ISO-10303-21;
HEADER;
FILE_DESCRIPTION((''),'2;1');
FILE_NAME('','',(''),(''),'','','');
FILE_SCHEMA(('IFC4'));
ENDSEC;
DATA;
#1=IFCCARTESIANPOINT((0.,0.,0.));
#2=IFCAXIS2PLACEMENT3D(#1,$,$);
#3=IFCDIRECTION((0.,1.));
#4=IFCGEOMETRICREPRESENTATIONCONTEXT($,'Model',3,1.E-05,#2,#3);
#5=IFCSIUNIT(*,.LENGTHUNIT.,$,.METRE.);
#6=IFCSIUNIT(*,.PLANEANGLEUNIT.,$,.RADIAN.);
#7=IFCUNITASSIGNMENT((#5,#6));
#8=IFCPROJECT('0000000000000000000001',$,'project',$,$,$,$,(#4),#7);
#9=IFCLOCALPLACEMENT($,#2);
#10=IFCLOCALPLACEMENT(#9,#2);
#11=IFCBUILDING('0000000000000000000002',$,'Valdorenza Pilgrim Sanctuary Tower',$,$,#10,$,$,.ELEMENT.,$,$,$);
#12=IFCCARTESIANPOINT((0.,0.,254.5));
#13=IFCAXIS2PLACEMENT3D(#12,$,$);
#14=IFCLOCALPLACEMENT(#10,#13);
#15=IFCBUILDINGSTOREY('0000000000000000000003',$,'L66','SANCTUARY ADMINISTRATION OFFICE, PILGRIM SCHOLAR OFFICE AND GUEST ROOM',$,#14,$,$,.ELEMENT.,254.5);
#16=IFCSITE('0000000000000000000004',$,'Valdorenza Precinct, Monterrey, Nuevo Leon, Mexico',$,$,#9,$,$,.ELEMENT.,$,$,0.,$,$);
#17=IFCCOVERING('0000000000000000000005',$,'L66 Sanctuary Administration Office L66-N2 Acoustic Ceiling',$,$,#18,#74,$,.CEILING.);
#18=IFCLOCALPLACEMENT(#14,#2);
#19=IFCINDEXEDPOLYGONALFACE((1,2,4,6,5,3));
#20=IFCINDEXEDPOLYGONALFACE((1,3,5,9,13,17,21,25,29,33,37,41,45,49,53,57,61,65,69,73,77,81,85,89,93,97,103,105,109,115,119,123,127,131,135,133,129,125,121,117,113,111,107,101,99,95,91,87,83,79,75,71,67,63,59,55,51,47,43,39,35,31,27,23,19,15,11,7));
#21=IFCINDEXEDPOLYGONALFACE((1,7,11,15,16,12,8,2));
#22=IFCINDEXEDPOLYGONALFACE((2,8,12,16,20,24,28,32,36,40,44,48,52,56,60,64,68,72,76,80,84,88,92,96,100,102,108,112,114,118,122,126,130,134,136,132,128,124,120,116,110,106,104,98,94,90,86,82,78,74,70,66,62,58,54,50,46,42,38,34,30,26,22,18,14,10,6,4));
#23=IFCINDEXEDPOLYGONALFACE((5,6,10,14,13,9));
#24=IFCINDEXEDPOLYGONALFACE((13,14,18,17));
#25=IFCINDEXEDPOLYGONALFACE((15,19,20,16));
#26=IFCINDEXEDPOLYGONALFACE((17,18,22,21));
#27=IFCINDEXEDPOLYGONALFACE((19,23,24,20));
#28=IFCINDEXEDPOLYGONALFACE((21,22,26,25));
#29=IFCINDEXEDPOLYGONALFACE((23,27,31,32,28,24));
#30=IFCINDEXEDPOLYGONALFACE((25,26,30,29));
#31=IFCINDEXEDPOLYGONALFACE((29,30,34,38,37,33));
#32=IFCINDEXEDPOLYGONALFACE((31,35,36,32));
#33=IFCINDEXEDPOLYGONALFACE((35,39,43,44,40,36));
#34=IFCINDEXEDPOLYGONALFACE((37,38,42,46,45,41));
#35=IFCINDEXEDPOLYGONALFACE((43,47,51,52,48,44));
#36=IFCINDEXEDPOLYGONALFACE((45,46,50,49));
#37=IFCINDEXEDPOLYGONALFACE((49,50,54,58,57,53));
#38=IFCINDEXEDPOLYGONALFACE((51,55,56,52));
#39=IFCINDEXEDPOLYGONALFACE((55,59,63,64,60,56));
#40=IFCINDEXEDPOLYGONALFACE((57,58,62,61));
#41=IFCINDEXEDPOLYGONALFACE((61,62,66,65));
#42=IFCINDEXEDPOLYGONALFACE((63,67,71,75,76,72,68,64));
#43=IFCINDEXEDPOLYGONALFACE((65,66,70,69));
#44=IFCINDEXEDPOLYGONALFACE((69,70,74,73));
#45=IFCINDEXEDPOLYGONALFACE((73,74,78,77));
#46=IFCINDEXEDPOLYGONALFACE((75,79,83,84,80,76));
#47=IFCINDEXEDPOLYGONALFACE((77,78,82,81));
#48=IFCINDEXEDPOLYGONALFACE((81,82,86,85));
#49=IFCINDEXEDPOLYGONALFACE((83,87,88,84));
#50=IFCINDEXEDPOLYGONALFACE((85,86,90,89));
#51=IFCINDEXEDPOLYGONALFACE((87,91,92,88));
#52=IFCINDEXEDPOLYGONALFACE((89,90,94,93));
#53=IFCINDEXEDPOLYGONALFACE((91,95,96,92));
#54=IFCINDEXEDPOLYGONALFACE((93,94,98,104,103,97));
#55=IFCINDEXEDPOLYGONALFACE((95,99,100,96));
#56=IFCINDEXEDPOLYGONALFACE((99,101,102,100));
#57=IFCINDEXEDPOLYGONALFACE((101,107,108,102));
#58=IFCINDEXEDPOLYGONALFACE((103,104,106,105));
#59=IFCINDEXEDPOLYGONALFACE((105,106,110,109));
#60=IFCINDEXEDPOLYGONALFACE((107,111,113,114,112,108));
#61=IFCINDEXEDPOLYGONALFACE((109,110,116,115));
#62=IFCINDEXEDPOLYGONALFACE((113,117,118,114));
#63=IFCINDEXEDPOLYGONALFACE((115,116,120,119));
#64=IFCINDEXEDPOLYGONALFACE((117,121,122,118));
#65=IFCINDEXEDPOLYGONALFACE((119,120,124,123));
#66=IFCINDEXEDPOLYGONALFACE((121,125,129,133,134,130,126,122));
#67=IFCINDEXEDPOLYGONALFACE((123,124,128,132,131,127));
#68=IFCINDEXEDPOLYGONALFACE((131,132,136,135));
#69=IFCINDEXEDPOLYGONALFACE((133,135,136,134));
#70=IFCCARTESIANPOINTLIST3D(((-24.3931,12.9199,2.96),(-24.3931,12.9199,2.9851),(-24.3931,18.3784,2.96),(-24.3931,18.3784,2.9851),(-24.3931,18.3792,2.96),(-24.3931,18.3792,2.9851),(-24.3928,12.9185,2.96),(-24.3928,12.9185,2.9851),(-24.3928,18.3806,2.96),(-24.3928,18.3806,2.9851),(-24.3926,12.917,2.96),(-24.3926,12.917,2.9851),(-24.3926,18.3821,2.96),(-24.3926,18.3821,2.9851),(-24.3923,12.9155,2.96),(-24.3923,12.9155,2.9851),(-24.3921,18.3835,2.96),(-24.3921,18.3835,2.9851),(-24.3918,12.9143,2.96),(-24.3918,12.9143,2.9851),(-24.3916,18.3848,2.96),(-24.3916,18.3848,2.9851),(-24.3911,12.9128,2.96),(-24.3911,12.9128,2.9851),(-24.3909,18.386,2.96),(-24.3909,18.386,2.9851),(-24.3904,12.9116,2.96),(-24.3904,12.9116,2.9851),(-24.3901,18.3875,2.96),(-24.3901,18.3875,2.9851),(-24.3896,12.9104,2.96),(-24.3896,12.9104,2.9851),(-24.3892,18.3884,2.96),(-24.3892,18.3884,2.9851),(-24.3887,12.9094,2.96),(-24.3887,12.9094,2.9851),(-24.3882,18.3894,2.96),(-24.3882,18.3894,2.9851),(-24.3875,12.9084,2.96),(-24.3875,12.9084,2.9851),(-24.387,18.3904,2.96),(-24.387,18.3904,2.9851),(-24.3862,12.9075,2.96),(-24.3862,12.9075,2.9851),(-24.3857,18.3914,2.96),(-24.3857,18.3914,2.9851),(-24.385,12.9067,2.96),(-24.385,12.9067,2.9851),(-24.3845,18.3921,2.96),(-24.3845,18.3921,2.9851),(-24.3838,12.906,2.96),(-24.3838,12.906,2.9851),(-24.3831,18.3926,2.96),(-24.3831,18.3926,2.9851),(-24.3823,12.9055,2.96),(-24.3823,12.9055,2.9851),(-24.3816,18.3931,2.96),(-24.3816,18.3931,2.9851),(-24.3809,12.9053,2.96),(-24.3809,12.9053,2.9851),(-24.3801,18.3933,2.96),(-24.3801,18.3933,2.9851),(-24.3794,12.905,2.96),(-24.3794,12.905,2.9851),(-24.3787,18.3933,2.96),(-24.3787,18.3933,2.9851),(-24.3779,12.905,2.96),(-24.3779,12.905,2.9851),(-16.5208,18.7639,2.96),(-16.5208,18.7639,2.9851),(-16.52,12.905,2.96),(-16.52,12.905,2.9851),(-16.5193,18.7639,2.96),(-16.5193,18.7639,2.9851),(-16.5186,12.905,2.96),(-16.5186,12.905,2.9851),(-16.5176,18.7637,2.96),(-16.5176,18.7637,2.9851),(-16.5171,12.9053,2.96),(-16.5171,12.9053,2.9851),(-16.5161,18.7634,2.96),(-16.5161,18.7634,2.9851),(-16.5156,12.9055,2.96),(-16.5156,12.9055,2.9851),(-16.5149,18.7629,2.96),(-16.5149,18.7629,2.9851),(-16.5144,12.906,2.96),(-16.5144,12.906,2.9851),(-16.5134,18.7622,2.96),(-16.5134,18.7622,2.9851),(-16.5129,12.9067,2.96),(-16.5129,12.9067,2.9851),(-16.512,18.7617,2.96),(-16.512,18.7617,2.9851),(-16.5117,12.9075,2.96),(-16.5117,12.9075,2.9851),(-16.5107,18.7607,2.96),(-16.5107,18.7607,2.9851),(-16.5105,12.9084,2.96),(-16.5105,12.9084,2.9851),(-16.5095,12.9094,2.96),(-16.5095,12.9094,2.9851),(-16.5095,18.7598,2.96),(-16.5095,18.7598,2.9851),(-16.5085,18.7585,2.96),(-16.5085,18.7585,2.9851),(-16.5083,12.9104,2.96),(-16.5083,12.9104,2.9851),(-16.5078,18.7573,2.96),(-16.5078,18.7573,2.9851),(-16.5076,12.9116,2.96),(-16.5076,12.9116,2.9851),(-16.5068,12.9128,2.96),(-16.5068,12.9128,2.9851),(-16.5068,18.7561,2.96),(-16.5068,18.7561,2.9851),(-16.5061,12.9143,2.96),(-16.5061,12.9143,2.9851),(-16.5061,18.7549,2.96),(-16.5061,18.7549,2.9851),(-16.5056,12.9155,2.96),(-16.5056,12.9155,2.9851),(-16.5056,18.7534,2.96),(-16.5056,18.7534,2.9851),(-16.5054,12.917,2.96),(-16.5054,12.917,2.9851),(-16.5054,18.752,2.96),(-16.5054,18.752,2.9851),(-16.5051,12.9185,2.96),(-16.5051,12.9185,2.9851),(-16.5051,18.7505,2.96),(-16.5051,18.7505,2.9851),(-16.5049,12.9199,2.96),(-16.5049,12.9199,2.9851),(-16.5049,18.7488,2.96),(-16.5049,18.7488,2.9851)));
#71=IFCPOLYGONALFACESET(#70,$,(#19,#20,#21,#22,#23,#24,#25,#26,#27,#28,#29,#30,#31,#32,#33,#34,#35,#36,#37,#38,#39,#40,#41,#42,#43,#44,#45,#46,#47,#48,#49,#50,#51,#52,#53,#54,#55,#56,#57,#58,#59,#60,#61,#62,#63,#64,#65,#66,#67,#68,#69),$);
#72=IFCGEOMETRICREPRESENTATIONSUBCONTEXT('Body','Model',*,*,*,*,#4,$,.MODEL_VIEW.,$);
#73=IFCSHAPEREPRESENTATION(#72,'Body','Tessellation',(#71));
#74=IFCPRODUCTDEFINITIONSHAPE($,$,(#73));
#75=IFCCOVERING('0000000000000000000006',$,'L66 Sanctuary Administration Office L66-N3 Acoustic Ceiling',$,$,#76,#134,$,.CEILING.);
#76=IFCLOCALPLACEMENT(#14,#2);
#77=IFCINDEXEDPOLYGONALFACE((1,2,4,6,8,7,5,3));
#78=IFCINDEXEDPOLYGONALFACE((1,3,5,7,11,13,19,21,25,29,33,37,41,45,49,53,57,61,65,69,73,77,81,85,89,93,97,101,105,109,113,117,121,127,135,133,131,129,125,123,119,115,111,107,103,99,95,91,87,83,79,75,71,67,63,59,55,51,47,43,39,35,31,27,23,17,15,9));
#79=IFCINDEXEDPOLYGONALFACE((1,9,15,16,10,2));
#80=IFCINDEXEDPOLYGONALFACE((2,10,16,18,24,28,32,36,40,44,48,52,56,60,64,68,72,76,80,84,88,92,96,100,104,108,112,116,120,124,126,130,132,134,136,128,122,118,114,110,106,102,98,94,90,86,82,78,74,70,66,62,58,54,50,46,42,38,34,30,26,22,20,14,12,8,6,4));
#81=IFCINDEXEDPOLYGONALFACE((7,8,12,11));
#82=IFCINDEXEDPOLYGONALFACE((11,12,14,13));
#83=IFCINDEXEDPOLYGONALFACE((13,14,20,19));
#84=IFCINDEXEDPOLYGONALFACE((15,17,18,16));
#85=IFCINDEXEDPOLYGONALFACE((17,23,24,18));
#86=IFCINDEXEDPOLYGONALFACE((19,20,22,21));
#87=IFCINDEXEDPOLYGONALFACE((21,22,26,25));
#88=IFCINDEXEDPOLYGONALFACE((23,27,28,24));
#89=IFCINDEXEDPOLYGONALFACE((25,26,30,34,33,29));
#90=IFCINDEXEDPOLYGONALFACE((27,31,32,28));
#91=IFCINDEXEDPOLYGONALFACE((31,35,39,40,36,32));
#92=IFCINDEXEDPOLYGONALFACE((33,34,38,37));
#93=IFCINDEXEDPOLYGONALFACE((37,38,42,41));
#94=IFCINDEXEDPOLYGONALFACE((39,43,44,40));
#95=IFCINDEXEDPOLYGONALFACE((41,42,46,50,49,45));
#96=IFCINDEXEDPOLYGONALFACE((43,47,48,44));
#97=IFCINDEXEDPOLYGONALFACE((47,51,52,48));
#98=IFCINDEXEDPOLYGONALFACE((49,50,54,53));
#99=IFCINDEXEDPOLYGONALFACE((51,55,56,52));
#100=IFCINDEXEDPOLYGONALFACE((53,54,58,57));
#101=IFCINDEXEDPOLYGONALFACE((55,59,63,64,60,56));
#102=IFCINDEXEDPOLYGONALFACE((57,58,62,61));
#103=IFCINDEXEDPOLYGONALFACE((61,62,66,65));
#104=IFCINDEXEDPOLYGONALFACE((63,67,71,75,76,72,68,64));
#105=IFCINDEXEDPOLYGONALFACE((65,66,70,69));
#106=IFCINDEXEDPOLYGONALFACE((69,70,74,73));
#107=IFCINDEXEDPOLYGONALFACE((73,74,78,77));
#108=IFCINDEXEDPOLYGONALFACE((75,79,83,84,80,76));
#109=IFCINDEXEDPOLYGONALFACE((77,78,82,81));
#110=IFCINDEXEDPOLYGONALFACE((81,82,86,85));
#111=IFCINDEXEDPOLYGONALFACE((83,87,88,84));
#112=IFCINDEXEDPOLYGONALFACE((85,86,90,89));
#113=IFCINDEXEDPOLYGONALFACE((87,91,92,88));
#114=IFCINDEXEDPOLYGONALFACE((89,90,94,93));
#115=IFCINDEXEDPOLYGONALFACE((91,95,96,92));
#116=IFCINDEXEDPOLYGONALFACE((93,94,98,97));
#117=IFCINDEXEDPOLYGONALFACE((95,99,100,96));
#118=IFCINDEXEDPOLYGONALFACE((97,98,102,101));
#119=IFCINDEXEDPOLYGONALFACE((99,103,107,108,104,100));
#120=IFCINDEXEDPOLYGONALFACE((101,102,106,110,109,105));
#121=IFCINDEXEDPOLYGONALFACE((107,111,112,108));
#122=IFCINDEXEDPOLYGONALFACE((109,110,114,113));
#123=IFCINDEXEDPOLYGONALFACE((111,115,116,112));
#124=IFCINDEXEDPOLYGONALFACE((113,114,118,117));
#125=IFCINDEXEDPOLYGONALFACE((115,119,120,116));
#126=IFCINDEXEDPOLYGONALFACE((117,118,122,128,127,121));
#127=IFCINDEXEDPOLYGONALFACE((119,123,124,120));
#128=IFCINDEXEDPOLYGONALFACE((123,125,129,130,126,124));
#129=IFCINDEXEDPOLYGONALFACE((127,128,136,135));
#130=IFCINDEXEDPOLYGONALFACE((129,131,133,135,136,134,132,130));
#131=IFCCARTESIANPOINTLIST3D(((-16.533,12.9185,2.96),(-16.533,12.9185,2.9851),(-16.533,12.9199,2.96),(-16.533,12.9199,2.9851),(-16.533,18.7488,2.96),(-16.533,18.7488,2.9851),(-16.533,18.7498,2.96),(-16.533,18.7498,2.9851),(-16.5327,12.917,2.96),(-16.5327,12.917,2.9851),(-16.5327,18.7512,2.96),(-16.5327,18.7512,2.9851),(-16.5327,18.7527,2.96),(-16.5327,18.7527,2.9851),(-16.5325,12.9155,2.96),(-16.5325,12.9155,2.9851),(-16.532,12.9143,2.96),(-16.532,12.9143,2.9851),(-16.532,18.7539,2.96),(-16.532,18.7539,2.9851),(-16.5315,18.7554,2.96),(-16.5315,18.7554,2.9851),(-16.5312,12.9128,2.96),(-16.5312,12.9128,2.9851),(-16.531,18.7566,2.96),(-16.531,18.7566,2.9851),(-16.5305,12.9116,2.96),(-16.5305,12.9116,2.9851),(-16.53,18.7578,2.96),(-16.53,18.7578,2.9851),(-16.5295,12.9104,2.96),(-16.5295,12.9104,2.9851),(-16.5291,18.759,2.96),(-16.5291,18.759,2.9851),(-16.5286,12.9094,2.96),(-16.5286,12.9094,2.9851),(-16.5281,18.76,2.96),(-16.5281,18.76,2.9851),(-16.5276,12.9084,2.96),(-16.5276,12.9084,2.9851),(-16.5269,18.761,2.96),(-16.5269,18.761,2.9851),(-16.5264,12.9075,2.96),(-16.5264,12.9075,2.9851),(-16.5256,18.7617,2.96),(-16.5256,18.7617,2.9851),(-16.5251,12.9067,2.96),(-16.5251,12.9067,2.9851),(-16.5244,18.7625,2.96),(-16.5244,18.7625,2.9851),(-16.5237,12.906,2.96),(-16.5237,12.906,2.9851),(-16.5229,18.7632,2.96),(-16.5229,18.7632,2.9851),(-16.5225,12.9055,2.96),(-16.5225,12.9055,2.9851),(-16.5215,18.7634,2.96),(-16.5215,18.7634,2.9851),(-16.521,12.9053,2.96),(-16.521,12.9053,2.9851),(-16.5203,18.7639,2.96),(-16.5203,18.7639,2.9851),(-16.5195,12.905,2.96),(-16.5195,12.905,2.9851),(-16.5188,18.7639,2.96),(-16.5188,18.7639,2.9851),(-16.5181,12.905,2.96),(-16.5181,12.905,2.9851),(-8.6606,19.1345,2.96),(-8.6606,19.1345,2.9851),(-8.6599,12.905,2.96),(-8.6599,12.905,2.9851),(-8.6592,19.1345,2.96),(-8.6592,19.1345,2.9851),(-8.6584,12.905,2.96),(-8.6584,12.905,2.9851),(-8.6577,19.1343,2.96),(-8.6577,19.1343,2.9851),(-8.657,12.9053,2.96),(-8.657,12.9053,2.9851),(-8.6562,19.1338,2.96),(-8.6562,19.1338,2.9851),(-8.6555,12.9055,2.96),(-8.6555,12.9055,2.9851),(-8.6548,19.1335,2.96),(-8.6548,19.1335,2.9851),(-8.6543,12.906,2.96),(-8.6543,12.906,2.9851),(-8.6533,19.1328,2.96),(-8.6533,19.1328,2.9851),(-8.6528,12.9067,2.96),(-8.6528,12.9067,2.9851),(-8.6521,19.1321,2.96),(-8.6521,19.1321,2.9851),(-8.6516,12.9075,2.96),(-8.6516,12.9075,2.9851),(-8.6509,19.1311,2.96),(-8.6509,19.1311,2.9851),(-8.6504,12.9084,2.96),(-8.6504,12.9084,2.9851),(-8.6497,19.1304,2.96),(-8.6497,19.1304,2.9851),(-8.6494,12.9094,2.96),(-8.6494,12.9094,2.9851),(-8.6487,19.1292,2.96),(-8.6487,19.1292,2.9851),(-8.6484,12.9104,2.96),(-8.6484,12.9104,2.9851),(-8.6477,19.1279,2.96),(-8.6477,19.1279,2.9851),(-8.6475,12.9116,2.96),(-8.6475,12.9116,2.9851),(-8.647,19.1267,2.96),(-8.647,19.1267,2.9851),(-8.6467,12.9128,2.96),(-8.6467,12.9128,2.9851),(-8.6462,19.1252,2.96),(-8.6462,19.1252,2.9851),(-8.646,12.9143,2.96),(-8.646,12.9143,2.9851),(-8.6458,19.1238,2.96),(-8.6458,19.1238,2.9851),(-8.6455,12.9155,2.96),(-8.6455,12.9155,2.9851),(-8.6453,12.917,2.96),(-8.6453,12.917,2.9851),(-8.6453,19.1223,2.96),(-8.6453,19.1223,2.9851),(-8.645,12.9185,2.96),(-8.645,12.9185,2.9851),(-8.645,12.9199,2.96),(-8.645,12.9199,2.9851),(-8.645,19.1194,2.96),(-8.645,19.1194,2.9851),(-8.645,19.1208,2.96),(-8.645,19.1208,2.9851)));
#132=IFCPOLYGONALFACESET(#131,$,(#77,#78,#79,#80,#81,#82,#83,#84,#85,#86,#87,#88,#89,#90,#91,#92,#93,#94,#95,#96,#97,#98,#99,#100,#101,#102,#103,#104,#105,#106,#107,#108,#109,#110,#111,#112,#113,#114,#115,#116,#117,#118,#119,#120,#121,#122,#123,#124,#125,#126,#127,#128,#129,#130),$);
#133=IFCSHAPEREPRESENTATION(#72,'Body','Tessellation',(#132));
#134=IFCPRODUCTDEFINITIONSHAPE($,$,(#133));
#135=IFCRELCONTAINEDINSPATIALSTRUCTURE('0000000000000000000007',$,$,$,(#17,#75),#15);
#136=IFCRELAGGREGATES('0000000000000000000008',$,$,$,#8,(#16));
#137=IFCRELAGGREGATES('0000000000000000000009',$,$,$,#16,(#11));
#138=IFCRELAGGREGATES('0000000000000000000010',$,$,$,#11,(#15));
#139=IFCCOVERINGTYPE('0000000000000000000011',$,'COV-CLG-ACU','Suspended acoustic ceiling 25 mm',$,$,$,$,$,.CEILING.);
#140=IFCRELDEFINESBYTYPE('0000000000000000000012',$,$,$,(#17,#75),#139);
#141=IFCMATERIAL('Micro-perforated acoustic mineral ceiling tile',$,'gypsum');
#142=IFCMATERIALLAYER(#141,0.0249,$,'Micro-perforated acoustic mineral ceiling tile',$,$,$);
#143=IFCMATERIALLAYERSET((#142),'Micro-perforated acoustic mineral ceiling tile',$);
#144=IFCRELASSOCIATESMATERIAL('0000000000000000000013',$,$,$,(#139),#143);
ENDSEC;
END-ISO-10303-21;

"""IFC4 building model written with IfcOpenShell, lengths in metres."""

from ifc_helpers import new_model, si_unit, direction, frame, origin, place, context, subcontext, project, spatial, polyline, outline, extrude, material, layer, layer_set, type_object, element, save


model = new_model("IFC4")

# Units and contexts
model_context = context("Model", 3, precision=1e-05, world=origin(), true_north=direction((0.0, 1.0)))
body_context = subcontext(model_context, "Body", "Model", "MODEL_VIEW")
ifc_project = project(units=[si_unit("LENGTHUNIT", "METRE"), si_unit("PLANEANGLEUNIT", "RADIAN")], contexts=[model_context])

# Site, building, storey
site_placement = place(None, origin())
site = spatial("IfcSite", under=ifc_project, at=site_placement, Name="Valdorenza Precinct, Monterrey, Nuevo Leon, Mexico", CompositionType="ELEMENT", RefElevation=0.0)
building_placement = place(site_placement, origin())
building = spatial("IfcBuilding", under=site, at=building_placement, Name="Valdorenza Pilgrim Sanctuary Tower", CompositionType="ELEMENT")
storey_placement = place(building_placement, frame((0.0, 0.0, 254.5)))
storey = spatial("IfcBuildingStorey", under=building, at=storey_placement, Name="L66", Description="SANCTUARY ADMINISTRATION OFFICE, PILGRIM SCHOLAR OFFICE AND GUEST ROOM", CompositionType="ELEMENT", Elevation=254.5)

# Coverings
ifc_material_1 = material(Name="Micro-perforated acoustic mineral ceiling tile", Category="gypsum")
ifc_layer_1 = layer(ifc_material_1, 0.0249, Name="Micro-perforated acoustic mineral ceiling tile")
ifc_layer_set_1 = layer_set([ifc_layer_1], Name="Micro-perforated acoustic mineral ceiling tile")
covering_type_1 = type_object("IfcCoveringType", Name="COV-CLG-ACU", Description="Suspended acoustic ceiling 25 mm", PredefinedType="CEILING", material=ifc_layer_set_1)
covering_1_placement = place(storey_placement, frame((0.0, 0.0, 2.96)))
element("IfcCovering", 1, at=covering_1_placement, inside=storey, type_object=covering_type_1, Name="L66 Sanctuary Administration Office L66-N2 Acoustic Ceiling", PredefinedType="CEILING", context=body_context, shape_type="SweptSolid", body=[
    extrude(outline(polyline([(-24.3931, 18.3784), (-24.3931, 18.3792), (-24.3928, 18.3806), (-24.3926, 18.3821), (-24.3921, 18.3835), (-24.3916, 18.3848), (-24.3909, 18.386), (-24.3901, 18.3875), (-24.3892, 18.3884), (-24.3882, 18.3894), (-24.387, 18.3904), (-24.3857, 18.3914), (-24.3845, 18.3921), (-24.3831, 18.3926), (-24.3816, 18.3931), (-24.3801, 18.3933), (-24.3787, 18.3933), (-16.5208, 18.7639), (-16.5193, 18.7639), (-16.5176, 18.7637), (-16.5161, 18.7634), (-16.5149, 18.7629), (-16.5134, 18.7622), (-16.512, 18.7617), (-16.5107, 18.7607), (-16.5095, 18.7598), (-16.5085, 18.7585), (-16.5078, 18.7573), (-16.5068, 18.7561), (-16.5061, 18.7549), (-16.5056, 18.7534), (-16.5054, 18.752), (-16.5051, 18.7505), (-16.5049, 18.7488), (-16.5049, 12.9199), (-16.5051, 12.9185), (-16.5054, 12.917), (-16.5056, 12.9155), (-16.5061, 12.9143), (-16.5068, 12.9128), (-16.5076, 12.9116), (-16.5083, 12.9104), (-16.5095, 12.9094), (-16.5105, 12.9084), (-16.5117, 12.9075), (-16.5129, 12.9067), (-16.5144, 12.906), (-16.5156, 12.9055), (-16.5171, 12.9053), (-16.5186, 12.905), (-16.52, 12.905), (-24.3779, 12.905), (-24.3794, 12.905), (-24.3809, 12.9053), (-24.3823, 12.9055), (-24.3838, 12.906), (-24.385, 12.9067), (-24.3862, 12.9075), (-24.3875, 12.9084), (-24.3887, 12.9094), (-24.3896, 12.9104), (-24.3904, 12.9116), (-24.3911, 12.9128), (-24.3918, 12.9143), (-24.3923, 12.9155), (-24.3926, 12.917), (-24.3928, 12.9185), (-24.3931, 12.9199), (-24.3931, 18.3784), (-24.3931, 18.3784)])), origin(), (0.0, 0.0, 1.0), 0.0251),
])
covering_2_placement = place(storey_placement, frame((0.0, 0.0, 2.96)))
element("IfcCovering", 2, at=covering_2_placement, inside=storey, type_object=covering_type_1, Name="L66 Sanctuary Administration Office L66-N3 Acoustic Ceiling", PredefinedType="CEILING", context=body_context, shape_type="SweptSolid", body=[
    extrude(outline(polyline([(-16.533, 18.7488), (-16.533, 18.7498), (-16.5327, 18.7512), (-16.5327, 18.7527), (-16.532, 18.7539), (-16.5315, 18.7554), (-16.531, 18.7566), (-16.53, 18.7578), (-16.5291, 18.759), (-16.5281, 18.76), (-16.5269, 18.761), (-16.5256, 18.7617), (-16.5244, 18.7625), (-16.5229, 18.7632), (-16.5215, 18.7634), (-16.5203, 18.7639), (-16.5188, 18.7639), (-8.6606, 19.1345), (-8.6592, 19.1345), (-8.6577, 19.1343), (-8.6562, 19.1338), (-8.6548, 19.1335), (-8.6533, 19.1328), (-8.6521, 19.1321), (-8.6509, 19.1311), (-8.6497, 19.1304), (-8.6487, 19.1292), (-8.6477, 19.1279), (-8.647, 19.1267), (-8.6462, 19.1252), (-8.6458, 19.1238), (-8.6453, 19.1223), (-8.645, 19.1208), (-8.645, 19.1194), (-8.645, 12.9199), (-8.645, 12.9185), (-8.6453, 12.917), (-8.6455, 12.9155), (-8.646, 12.9143), (-8.6467, 12.9128), (-8.6475, 12.9116), (-8.6484, 12.9104), (-8.6494, 12.9094), (-8.6504, 12.9084), (-8.6516, 12.9075), (-8.6528, 12.9067), (-8.6543, 12.906), (-8.6555, 12.9055), (-8.657, 12.9053), (-8.6584, 12.905), (-8.6599, 12.905), (-16.5181, 12.905), (-16.5195, 12.905), (-16.521, 12.9053), (-16.5225, 12.9055), (-16.5237, 12.906), (-16.5251, 12.9067), (-16.5264, 12.9075), (-16.5276, 12.9084), (-16.5286, 12.9094), (-16.5295, 12.9104), (-16.5305, 12.9116), (-16.5312, 12.9128), (-16.532, 12.9143), (-16.5325, 12.9155), (-16.5327, 12.917), (-16.533, 12.9185), (-16.533, 12.9199), (-16.533, 18.7488), (-16.533, 18.7488)])), origin(), (0.0, 0.0, 1.0), 0.0251),
])

save(model, "model.ifc")
